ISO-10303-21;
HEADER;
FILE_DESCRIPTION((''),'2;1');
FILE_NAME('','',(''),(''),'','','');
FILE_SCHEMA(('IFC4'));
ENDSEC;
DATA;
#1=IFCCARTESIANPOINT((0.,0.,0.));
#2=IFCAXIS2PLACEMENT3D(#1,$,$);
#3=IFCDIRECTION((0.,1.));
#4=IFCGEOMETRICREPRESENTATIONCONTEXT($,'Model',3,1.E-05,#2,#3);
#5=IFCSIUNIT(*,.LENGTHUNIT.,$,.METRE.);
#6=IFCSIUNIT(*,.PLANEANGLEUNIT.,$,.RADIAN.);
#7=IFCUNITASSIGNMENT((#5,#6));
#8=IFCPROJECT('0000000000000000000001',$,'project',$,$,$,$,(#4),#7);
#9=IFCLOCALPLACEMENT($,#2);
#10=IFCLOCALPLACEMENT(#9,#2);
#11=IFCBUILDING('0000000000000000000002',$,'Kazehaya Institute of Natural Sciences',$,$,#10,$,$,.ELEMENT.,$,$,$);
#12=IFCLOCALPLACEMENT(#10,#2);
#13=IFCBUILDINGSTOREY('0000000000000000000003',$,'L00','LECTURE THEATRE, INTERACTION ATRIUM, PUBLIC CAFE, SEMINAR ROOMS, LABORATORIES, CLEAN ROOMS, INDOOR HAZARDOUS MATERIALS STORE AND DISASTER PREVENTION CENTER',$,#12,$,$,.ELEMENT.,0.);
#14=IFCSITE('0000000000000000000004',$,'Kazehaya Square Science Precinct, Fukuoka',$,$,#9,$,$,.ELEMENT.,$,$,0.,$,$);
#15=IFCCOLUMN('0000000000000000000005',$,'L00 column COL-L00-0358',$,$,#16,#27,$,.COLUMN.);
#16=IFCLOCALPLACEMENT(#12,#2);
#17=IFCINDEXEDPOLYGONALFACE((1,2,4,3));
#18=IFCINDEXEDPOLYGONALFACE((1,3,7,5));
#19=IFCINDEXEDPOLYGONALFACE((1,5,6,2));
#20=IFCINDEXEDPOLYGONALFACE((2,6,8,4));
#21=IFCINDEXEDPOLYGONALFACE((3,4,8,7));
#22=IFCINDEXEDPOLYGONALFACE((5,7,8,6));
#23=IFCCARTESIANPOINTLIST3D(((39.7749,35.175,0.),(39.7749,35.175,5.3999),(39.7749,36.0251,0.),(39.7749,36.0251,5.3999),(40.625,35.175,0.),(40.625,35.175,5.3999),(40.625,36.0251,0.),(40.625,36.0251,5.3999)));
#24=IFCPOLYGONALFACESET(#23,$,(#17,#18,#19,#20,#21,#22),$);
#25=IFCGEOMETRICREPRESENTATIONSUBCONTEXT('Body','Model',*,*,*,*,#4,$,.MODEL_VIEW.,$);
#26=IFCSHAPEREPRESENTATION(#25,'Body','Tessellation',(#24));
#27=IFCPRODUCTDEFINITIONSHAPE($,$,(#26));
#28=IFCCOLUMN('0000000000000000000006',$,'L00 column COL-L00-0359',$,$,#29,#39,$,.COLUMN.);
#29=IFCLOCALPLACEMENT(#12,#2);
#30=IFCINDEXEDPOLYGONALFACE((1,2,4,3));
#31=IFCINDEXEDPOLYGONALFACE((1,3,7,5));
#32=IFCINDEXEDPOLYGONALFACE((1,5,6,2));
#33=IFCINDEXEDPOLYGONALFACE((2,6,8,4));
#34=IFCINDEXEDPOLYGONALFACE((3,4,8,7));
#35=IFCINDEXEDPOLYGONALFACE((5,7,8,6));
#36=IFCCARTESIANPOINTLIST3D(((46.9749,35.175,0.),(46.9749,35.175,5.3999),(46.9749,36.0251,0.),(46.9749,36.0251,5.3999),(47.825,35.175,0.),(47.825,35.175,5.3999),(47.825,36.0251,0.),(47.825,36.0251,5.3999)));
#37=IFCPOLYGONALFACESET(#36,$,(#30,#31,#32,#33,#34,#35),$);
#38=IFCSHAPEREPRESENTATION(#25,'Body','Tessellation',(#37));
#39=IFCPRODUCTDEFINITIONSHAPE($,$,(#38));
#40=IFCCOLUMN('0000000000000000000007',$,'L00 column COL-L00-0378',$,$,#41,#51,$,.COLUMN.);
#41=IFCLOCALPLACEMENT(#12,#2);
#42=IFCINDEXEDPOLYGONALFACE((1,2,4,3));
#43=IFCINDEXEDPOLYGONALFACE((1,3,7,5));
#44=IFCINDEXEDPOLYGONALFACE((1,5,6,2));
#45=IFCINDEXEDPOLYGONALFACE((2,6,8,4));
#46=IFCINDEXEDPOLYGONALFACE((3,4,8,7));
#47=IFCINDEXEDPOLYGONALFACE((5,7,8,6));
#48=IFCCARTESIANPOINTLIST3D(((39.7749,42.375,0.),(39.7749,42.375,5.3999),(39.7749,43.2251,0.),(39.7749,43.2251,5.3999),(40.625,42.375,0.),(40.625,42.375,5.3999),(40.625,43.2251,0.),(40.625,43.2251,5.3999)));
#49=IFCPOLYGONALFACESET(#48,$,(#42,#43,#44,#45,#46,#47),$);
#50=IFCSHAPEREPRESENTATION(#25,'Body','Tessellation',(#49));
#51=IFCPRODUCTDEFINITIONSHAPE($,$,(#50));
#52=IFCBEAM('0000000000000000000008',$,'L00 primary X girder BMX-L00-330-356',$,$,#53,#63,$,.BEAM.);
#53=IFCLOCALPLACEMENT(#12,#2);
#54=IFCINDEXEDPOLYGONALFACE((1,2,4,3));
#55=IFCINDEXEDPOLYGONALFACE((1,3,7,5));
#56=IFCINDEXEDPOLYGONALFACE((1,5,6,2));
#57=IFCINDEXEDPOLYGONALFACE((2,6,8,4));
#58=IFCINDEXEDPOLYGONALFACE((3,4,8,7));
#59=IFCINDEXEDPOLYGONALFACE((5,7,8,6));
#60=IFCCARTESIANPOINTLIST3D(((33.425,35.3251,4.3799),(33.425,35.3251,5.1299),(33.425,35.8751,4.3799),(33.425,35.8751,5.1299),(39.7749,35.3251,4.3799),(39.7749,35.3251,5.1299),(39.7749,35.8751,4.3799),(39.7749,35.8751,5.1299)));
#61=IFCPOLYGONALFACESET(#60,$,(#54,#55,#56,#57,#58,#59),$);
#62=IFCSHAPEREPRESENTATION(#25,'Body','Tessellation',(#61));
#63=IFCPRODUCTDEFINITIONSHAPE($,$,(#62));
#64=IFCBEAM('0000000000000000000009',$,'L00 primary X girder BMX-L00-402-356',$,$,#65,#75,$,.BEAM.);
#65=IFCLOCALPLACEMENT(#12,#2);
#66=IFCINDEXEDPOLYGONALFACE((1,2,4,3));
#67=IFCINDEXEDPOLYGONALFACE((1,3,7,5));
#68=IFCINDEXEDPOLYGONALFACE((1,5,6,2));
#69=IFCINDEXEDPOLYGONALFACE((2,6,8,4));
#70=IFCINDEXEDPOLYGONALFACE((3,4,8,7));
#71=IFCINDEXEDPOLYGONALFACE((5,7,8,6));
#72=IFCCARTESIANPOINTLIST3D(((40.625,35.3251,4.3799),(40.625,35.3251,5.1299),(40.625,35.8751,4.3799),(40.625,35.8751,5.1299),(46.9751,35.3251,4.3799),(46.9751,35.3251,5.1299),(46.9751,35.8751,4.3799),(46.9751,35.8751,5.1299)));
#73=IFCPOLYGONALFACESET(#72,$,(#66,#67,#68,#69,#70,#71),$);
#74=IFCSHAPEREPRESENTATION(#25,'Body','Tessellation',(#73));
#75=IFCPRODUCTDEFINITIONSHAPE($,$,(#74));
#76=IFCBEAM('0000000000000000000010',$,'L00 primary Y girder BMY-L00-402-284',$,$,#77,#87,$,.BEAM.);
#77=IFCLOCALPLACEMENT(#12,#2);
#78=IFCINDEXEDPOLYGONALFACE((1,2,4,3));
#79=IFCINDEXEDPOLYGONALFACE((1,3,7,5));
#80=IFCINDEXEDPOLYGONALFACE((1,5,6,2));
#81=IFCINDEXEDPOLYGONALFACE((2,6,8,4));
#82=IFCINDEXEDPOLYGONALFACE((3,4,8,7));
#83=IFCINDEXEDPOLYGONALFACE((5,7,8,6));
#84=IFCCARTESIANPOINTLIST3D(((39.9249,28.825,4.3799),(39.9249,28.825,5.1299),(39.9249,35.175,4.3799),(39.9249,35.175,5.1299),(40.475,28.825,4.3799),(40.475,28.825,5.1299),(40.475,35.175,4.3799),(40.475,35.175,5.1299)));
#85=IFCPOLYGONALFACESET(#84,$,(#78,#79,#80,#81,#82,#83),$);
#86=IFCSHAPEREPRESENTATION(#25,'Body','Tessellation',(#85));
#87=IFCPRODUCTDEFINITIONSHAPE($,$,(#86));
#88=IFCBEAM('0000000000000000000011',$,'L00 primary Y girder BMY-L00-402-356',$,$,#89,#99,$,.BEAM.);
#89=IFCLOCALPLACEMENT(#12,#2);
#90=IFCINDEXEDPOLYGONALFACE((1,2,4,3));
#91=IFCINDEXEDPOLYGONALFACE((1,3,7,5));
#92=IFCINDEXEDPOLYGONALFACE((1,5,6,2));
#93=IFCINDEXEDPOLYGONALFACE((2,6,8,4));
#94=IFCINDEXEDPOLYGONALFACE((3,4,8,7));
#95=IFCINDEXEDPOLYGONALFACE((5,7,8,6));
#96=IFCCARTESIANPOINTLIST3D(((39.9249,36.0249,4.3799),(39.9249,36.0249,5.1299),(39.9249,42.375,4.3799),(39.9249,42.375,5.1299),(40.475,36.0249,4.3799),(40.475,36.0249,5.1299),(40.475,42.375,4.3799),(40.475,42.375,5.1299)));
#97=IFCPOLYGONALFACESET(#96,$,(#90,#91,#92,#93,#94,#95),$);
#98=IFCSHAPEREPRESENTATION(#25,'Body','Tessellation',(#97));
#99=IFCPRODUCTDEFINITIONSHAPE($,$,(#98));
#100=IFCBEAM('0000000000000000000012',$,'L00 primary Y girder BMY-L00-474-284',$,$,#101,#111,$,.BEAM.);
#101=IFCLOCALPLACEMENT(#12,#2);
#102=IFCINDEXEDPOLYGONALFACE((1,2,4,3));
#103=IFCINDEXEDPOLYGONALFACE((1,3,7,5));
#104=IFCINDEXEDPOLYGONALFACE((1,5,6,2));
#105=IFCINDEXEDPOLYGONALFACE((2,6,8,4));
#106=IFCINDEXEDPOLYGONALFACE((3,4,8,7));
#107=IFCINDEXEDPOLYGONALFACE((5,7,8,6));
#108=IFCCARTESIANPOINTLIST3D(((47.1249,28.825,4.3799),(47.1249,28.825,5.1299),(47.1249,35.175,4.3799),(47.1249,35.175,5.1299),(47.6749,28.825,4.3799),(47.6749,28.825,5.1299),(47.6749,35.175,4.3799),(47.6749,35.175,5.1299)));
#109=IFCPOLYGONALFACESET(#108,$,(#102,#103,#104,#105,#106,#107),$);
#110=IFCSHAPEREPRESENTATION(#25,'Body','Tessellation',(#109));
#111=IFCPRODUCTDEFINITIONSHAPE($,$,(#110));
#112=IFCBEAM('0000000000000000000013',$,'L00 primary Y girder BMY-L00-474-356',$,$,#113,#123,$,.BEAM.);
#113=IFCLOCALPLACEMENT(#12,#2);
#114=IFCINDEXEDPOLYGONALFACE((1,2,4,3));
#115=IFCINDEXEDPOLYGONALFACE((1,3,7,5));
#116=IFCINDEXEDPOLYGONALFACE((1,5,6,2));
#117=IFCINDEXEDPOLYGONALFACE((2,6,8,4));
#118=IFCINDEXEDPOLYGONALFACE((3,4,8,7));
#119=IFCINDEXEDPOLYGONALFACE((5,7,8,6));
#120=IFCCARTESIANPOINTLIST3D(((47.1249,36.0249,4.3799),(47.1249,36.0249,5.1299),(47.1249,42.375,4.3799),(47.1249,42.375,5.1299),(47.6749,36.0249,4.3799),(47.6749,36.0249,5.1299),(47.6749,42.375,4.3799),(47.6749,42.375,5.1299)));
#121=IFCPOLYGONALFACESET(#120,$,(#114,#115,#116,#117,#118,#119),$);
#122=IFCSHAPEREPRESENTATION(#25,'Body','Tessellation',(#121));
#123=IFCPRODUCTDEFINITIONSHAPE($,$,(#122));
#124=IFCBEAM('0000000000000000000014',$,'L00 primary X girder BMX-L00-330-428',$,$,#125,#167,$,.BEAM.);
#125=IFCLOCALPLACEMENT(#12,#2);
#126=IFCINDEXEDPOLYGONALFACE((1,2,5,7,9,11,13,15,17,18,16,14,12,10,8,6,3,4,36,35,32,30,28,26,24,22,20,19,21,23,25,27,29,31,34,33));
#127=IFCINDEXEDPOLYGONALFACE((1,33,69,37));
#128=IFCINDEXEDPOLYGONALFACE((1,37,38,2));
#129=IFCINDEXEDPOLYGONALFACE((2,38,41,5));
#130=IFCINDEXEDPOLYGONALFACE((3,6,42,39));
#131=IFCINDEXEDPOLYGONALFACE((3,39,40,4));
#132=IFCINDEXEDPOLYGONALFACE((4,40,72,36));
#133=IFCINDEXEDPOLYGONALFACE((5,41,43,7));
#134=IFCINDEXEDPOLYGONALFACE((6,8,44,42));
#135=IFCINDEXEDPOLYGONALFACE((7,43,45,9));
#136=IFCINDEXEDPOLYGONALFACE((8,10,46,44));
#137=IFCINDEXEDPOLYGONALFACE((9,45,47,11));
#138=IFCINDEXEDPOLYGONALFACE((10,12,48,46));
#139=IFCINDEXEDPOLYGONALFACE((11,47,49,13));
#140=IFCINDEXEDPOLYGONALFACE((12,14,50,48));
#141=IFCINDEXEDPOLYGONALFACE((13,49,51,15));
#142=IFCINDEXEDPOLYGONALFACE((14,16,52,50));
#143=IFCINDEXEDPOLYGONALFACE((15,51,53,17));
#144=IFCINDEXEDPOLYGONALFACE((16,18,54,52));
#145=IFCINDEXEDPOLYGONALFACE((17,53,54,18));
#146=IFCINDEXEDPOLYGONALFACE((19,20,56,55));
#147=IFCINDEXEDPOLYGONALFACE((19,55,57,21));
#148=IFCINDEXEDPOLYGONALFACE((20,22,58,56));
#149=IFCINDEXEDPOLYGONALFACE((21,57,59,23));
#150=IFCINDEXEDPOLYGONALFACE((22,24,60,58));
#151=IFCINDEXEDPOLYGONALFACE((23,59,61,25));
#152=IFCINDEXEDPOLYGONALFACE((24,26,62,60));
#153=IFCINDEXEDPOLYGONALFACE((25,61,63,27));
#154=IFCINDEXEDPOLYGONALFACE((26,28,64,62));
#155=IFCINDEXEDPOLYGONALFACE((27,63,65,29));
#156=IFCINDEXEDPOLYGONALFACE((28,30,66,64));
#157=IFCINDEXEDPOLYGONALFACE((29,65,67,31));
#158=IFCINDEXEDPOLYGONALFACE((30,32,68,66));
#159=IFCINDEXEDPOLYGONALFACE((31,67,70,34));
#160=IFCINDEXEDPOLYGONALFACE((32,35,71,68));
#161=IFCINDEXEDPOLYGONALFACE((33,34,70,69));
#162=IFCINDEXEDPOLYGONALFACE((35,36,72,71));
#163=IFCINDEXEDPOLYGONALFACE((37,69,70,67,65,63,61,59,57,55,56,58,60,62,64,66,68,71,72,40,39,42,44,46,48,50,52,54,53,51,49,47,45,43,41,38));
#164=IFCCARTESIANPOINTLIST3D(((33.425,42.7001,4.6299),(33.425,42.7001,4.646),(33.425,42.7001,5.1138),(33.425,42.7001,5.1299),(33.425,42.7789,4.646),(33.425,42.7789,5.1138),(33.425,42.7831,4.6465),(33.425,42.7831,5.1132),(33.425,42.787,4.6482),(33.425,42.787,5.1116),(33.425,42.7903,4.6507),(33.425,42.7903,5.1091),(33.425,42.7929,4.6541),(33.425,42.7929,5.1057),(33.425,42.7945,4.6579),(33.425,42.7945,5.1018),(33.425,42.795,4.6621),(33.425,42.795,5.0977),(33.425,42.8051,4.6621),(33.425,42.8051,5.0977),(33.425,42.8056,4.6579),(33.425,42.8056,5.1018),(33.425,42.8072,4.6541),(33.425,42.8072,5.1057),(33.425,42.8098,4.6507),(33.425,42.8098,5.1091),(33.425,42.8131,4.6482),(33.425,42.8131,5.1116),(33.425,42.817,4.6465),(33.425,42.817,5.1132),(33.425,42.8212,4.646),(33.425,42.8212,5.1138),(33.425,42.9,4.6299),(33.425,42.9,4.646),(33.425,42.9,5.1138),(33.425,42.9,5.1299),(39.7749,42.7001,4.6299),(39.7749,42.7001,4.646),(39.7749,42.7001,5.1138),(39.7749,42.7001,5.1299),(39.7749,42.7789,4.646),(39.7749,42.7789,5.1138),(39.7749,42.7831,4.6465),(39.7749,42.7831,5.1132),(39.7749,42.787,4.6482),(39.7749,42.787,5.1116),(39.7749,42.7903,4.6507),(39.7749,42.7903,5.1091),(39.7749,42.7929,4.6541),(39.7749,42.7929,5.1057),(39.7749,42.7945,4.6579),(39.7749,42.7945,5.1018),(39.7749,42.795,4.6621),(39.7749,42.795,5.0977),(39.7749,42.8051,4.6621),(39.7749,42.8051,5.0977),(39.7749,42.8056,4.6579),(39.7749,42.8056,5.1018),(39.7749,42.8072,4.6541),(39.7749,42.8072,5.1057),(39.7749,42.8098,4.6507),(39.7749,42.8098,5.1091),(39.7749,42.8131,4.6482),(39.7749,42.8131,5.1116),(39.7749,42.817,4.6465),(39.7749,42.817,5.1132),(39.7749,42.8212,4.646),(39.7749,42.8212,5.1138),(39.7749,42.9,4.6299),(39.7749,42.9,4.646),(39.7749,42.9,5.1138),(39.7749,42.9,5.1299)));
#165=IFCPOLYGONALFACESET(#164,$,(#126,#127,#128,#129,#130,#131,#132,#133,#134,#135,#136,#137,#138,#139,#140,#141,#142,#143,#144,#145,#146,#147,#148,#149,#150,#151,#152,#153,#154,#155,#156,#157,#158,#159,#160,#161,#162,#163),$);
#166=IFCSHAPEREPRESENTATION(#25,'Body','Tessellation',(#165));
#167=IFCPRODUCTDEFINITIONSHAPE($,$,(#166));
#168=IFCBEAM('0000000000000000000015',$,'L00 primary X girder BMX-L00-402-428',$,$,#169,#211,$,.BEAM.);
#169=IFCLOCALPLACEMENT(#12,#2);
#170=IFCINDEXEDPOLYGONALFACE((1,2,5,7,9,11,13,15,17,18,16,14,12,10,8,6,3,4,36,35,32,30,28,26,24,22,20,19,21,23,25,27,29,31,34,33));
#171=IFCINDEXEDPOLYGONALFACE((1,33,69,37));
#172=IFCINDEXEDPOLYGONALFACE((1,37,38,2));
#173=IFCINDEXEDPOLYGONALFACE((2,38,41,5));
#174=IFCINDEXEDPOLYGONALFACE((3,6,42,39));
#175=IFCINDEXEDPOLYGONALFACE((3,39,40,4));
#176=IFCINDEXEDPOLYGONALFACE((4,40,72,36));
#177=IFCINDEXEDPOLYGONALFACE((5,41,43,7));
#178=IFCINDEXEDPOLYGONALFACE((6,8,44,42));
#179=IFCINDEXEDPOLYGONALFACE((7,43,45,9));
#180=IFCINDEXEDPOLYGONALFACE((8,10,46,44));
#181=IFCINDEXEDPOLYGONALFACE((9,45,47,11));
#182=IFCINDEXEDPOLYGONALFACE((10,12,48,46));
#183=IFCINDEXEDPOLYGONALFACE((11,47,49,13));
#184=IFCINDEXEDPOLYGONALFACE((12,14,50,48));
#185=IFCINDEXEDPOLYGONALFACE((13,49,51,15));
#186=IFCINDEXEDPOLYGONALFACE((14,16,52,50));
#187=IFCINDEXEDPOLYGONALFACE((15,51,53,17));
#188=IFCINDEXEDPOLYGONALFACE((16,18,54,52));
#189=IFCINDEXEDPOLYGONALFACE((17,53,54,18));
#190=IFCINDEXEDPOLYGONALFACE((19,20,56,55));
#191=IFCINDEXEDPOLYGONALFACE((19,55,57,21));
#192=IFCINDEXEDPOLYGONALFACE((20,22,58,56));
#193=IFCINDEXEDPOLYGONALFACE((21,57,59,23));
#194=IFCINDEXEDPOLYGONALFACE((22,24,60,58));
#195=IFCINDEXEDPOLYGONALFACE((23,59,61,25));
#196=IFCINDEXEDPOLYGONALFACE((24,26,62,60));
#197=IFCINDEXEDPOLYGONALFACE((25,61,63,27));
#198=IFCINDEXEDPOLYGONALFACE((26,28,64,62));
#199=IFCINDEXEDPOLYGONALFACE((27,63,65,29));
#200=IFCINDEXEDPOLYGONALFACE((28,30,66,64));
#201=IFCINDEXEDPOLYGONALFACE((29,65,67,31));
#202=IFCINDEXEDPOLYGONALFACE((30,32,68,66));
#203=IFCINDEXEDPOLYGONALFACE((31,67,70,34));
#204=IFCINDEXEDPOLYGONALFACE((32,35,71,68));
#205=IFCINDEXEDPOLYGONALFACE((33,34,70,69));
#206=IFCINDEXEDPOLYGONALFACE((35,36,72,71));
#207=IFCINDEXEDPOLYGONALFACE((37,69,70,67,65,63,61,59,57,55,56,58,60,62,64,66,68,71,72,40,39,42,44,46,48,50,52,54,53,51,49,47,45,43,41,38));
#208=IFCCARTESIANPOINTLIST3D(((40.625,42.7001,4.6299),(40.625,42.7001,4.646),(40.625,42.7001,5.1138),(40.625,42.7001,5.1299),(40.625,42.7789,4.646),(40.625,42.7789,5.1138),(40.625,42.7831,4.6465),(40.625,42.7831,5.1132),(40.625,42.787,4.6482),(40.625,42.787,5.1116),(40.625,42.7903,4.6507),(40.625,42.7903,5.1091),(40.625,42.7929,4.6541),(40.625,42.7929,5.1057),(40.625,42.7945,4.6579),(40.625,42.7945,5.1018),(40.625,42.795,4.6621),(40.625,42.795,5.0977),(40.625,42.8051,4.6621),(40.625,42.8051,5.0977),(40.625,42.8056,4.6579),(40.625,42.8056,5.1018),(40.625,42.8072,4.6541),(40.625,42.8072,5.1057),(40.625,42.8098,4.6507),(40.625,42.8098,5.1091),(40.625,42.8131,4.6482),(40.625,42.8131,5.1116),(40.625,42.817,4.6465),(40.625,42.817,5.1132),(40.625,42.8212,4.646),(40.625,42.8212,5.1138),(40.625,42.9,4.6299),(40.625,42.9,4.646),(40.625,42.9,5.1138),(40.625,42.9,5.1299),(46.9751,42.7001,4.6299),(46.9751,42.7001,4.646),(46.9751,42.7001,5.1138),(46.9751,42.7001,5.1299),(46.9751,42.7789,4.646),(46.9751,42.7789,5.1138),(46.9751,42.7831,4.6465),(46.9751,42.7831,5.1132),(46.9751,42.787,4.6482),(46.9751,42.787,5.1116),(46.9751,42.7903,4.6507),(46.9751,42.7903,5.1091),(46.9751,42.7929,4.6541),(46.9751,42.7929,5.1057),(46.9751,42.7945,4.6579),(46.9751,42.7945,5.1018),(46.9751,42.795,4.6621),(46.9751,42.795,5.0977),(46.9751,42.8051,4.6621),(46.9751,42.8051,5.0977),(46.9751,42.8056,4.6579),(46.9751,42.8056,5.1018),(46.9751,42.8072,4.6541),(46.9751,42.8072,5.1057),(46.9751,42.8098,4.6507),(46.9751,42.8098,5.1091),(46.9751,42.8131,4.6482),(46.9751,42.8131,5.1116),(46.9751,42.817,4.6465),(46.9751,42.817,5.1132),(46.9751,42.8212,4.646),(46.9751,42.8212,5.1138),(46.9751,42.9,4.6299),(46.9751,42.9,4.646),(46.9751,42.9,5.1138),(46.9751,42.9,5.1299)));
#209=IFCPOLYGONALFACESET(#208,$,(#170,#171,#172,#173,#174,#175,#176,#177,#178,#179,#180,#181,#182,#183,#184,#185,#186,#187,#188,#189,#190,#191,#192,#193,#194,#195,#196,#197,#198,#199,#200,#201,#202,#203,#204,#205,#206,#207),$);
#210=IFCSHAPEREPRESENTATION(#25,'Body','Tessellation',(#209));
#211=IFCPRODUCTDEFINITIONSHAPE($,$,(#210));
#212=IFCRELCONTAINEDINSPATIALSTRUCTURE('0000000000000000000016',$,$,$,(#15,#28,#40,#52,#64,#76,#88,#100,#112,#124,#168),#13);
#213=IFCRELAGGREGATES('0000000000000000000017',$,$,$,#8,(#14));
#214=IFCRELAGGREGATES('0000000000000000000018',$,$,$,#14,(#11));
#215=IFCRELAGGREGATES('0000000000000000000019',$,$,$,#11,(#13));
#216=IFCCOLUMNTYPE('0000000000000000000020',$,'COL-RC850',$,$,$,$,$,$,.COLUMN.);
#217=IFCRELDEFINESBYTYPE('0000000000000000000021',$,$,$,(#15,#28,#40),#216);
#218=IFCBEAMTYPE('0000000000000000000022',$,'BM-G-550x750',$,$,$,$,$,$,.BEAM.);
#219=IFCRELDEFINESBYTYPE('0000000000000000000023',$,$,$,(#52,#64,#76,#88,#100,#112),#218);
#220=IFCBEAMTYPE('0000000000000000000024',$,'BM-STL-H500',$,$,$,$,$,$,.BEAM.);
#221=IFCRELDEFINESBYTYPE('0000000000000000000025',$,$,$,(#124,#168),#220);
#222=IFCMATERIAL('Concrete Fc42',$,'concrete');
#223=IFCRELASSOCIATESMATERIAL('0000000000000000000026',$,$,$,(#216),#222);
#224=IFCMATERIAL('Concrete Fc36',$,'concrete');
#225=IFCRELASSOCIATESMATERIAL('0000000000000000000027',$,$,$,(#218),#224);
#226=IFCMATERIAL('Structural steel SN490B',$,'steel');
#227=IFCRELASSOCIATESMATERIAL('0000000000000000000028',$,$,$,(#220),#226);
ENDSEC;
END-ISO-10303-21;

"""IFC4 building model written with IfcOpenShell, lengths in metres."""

from ifc_helpers import new_model, si_unit, direction, frame, origin, origin_2d, place, context, subcontext, project, spatial, rectangle, i_section, extrude, material, material_profile, profile_set, type_object, element, save


model = new_model("IFC4")

# Units and contexts
model_context = context("Model", 3, precision=1e-05, world=origin(), true_north=direction((0.0, 1.0)))
body_context = subcontext(model_context, "Body", "Model", "MODEL_VIEW")
ifc_project = project(units=[si_unit("LENGTHUNIT", "METRE"), si_unit("PLANEANGLEUNIT", "RADIAN")], contexts=[model_context])

# Site, building, storey
site_placement = place(None, origin())
site = spatial("IfcSite", under=ifc_project, at=site_placement, Name="Kazehaya Square Science Precinct, Fukuoka", CompositionType="ELEMENT", RefElevation=0.0)
building_placement = place(site_placement, origin())
building = spatial("IfcBuilding", under=site, at=building_placement, Name="Kazehaya Institute of Natural Sciences", CompositionType="ELEMENT")
storey_placement = place(building_placement, origin())
storey = spatial("IfcBuildingStorey", under=building, at=storey_placement, Name="L00", Description="LECTURE THEATRE, INTERACTION ATRIUM, PUBLIC CAFE, SEMINAR ROOMS, LABORATORIES, CLEAN ROOMS, INDOOR HAZARDOUS MATERIALS STORE AND DISASTER PREVENTION CENTER", CompositionType="ELEMENT", Elevation=0.0)

# Columns
ifc_material_1 = material(Name="Concrete Fc42", Category="concrete")
ifc_material_profile_1 = material_profile(ifc_material_1, rectangle(XDim=0.8501, YDim=0.8501, at=origin_2d()), Name="RC-850x850")
ifc_profile_set_1 = profile_set([ifc_material_profile_1], Name="Concrete Fc42")
column_type = type_object("IfcColumnType", Name="COL-RC850", PredefinedType="COLUMN", material=ifc_profile_set_1)
for number, where, z_axis, x_axis, name in (
    (1, (40.2, 35.6001, 0.0), (0.0, 0.0, 1.0), (1.0, 0.0, 0.0), "L00 column COL-L00-0358"),
    (2, (47.3999, 35.6001, 0.0), (0.0, 0.0, 1.0), (1.0, 0.0, 0.0), "L00 column COL-L00-0359"),
    (3, (40.2, 42.8, 0.0), (0.0, 0.0, 1.0), (1.0, 0.0, 0.0), "L00 column COL-L00-0378"),
):
    element("IfcColumn", number, at=place(storey_placement, frame(where, z_axis=z_axis, x_axis=x_axis)), inside=storey, type_object=column_type, Name=name, PredefinedType="COLUMN", context=body_context, shape_type="SweptSolid", body=[
        extrude(rectangle(XDim=0.8501, YDim=0.8501, at=origin_2d()), origin(), (0.0, 0.0, 1.0), 5.3999),
    ])

# Beams
ifc_material_2 = material(Name="Concrete Fc36", Category="concrete")
ifc_material_profile_2 = material_profile(ifc_material_2, rectangle(XDim=0.55, YDim=0.75, at=origin_2d()), Name="RC-550x750")
ifc_profile_set_2 = profile_set([ifc_material_profile_2], Name="Concrete Fc36")
beam_type_1 = type_object("IfcBeamType", Name="BM-G-550x750", PredefinedType="BEAM", material=ifc_profile_set_2)
beam_1_placement = place(storey_placement, frame((33.425, 35.6001, 4.7549), z_axis=(1.0, 0.0, 0.0), x_axis=(0.0, 1.0, 0.0)))
element("IfcBeam", 4, at=beam_1_placement, inside=storey, type_object=beam_type_1, Name="L00 primary X girder BMX-L00-330-356", PredefinedType="BEAM", context=body_context, shape_type="SweptSolid", body=[
    extrude(rectangle(XDim=0.55, YDim=0.75, at=origin_2d()), origin(), (0.0, 0.0, 1.0), 6.3499),
])
for number, where, z_axis, x_axis, name in (
    (5, (40.625, 35.6001, 4.7549), (1.0, 0.0, 0.0), (0.0, 1.0, 0.0), "L00 primary X girder BMX-L00-402-356"),
    (6, (40.2, 28.825, 4.7549), (0.0, 1.0, 0.0), (-1.0, 0.0, 0.0), "L00 primary Y girder BMY-L00-402-284"),
    (7, (40.2, 36.0249, 4.7549), (0.0, 1.0, 0.0), (-1.0, 0.0, 0.0), "L00 primary Y girder BMY-L00-402-356"),
    (8, (47.3999, 28.825, 4.7549), (0.0, 1.0, 0.0), (-1.0, 0.0, 0.0), "L00 primary Y girder BMY-L00-474-284"),
    (9, (47.3999, 36.0249, 4.7549), (0.0, 1.0, 0.0), (-1.0, 0.0, 0.0), "L00 primary Y girder BMY-L00-474-356"),
):
    element("IfcBeam", number, at=place(storey_placement, frame(where, z_axis=z_axis, x_axis=x_axis)), inside=storey, type_object=beam_type_1, Name=name, PredefinedType="BEAM", context=body_context, shape_type="SweptSolid", body=[
        extrude(rectangle(XDim=0.55, YDim=0.75, at=origin_2d()), origin(), (0.0, 0.0, 1.0), 6.3501),
    ])
ifc_material_3 = material(Name="Structural steel SN490B", Category="steel")
ifc_material_profile_3 = material_profile(ifc_material_3, i_section(OverallWidth=0.2, OverallDepth=0.5, WebThickness=0.01, FlangeThickness=0.0161, FilletRadius=0.0161, at=origin_2d()), Name="H-500x200x10x16")
ifc_profile_set_3 = profile_set([ifc_material_profile_3], Name="Structural steel SN490B")
beam_type_2 = type_object("IfcBeamType", Name="BM-STL-H500", PredefinedType="BEAM", material=ifc_profile_set_3)
beam_2_placement = place(storey_placement, frame((33.425, 42.8, 4.8799), z_axis=(1.0, 0.0, 0.0), x_axis=(0.0, 1.0, 0.0)))
element("IfcBeam", 10, at=beam_2_placement, inside=storey, type_object=beam_type_2, Name="L00 primary X girder BMX-L00-330-428", PredefinedType="BEAM", context=body_context, shape_type="SweptSolid", body=[
    extrude(i_section(OverallWidth=0.2, OverallDepth=0.5, WebThickness=0.01, FlangeThickness=0.0161, FilletRadius=0.0161, at=origin_2d()), origin(), (0.0, 0.0, 1.0), 6.3499),
])
beam_3_placement = place(storey_placement, frame((40.625, 42.8, 4.8799), z_axis=(1.0, 0.0, 0.0), x_axis=(0.0, 1.0, 0.0)))
element("IfcBeam", 11, at=beam_3_placement, inside=storey, type_object=beam_type_2, Name="L00 primary X girder BMX-L00-402-428", PredefinedType="BEAM", context=body_context, shape_type="SweptSolid", body=[
    extrude(i_section(OverallWidth=0.2, OverallDepth=0.5, WebThickness=0.01, FlangeThickness=0.0161, FilletRadius=0.0161, at=origin_2d()), origin(), (0.0, 0.0, 1.0), 6.3501),
])

save(model, "model.ifc")
